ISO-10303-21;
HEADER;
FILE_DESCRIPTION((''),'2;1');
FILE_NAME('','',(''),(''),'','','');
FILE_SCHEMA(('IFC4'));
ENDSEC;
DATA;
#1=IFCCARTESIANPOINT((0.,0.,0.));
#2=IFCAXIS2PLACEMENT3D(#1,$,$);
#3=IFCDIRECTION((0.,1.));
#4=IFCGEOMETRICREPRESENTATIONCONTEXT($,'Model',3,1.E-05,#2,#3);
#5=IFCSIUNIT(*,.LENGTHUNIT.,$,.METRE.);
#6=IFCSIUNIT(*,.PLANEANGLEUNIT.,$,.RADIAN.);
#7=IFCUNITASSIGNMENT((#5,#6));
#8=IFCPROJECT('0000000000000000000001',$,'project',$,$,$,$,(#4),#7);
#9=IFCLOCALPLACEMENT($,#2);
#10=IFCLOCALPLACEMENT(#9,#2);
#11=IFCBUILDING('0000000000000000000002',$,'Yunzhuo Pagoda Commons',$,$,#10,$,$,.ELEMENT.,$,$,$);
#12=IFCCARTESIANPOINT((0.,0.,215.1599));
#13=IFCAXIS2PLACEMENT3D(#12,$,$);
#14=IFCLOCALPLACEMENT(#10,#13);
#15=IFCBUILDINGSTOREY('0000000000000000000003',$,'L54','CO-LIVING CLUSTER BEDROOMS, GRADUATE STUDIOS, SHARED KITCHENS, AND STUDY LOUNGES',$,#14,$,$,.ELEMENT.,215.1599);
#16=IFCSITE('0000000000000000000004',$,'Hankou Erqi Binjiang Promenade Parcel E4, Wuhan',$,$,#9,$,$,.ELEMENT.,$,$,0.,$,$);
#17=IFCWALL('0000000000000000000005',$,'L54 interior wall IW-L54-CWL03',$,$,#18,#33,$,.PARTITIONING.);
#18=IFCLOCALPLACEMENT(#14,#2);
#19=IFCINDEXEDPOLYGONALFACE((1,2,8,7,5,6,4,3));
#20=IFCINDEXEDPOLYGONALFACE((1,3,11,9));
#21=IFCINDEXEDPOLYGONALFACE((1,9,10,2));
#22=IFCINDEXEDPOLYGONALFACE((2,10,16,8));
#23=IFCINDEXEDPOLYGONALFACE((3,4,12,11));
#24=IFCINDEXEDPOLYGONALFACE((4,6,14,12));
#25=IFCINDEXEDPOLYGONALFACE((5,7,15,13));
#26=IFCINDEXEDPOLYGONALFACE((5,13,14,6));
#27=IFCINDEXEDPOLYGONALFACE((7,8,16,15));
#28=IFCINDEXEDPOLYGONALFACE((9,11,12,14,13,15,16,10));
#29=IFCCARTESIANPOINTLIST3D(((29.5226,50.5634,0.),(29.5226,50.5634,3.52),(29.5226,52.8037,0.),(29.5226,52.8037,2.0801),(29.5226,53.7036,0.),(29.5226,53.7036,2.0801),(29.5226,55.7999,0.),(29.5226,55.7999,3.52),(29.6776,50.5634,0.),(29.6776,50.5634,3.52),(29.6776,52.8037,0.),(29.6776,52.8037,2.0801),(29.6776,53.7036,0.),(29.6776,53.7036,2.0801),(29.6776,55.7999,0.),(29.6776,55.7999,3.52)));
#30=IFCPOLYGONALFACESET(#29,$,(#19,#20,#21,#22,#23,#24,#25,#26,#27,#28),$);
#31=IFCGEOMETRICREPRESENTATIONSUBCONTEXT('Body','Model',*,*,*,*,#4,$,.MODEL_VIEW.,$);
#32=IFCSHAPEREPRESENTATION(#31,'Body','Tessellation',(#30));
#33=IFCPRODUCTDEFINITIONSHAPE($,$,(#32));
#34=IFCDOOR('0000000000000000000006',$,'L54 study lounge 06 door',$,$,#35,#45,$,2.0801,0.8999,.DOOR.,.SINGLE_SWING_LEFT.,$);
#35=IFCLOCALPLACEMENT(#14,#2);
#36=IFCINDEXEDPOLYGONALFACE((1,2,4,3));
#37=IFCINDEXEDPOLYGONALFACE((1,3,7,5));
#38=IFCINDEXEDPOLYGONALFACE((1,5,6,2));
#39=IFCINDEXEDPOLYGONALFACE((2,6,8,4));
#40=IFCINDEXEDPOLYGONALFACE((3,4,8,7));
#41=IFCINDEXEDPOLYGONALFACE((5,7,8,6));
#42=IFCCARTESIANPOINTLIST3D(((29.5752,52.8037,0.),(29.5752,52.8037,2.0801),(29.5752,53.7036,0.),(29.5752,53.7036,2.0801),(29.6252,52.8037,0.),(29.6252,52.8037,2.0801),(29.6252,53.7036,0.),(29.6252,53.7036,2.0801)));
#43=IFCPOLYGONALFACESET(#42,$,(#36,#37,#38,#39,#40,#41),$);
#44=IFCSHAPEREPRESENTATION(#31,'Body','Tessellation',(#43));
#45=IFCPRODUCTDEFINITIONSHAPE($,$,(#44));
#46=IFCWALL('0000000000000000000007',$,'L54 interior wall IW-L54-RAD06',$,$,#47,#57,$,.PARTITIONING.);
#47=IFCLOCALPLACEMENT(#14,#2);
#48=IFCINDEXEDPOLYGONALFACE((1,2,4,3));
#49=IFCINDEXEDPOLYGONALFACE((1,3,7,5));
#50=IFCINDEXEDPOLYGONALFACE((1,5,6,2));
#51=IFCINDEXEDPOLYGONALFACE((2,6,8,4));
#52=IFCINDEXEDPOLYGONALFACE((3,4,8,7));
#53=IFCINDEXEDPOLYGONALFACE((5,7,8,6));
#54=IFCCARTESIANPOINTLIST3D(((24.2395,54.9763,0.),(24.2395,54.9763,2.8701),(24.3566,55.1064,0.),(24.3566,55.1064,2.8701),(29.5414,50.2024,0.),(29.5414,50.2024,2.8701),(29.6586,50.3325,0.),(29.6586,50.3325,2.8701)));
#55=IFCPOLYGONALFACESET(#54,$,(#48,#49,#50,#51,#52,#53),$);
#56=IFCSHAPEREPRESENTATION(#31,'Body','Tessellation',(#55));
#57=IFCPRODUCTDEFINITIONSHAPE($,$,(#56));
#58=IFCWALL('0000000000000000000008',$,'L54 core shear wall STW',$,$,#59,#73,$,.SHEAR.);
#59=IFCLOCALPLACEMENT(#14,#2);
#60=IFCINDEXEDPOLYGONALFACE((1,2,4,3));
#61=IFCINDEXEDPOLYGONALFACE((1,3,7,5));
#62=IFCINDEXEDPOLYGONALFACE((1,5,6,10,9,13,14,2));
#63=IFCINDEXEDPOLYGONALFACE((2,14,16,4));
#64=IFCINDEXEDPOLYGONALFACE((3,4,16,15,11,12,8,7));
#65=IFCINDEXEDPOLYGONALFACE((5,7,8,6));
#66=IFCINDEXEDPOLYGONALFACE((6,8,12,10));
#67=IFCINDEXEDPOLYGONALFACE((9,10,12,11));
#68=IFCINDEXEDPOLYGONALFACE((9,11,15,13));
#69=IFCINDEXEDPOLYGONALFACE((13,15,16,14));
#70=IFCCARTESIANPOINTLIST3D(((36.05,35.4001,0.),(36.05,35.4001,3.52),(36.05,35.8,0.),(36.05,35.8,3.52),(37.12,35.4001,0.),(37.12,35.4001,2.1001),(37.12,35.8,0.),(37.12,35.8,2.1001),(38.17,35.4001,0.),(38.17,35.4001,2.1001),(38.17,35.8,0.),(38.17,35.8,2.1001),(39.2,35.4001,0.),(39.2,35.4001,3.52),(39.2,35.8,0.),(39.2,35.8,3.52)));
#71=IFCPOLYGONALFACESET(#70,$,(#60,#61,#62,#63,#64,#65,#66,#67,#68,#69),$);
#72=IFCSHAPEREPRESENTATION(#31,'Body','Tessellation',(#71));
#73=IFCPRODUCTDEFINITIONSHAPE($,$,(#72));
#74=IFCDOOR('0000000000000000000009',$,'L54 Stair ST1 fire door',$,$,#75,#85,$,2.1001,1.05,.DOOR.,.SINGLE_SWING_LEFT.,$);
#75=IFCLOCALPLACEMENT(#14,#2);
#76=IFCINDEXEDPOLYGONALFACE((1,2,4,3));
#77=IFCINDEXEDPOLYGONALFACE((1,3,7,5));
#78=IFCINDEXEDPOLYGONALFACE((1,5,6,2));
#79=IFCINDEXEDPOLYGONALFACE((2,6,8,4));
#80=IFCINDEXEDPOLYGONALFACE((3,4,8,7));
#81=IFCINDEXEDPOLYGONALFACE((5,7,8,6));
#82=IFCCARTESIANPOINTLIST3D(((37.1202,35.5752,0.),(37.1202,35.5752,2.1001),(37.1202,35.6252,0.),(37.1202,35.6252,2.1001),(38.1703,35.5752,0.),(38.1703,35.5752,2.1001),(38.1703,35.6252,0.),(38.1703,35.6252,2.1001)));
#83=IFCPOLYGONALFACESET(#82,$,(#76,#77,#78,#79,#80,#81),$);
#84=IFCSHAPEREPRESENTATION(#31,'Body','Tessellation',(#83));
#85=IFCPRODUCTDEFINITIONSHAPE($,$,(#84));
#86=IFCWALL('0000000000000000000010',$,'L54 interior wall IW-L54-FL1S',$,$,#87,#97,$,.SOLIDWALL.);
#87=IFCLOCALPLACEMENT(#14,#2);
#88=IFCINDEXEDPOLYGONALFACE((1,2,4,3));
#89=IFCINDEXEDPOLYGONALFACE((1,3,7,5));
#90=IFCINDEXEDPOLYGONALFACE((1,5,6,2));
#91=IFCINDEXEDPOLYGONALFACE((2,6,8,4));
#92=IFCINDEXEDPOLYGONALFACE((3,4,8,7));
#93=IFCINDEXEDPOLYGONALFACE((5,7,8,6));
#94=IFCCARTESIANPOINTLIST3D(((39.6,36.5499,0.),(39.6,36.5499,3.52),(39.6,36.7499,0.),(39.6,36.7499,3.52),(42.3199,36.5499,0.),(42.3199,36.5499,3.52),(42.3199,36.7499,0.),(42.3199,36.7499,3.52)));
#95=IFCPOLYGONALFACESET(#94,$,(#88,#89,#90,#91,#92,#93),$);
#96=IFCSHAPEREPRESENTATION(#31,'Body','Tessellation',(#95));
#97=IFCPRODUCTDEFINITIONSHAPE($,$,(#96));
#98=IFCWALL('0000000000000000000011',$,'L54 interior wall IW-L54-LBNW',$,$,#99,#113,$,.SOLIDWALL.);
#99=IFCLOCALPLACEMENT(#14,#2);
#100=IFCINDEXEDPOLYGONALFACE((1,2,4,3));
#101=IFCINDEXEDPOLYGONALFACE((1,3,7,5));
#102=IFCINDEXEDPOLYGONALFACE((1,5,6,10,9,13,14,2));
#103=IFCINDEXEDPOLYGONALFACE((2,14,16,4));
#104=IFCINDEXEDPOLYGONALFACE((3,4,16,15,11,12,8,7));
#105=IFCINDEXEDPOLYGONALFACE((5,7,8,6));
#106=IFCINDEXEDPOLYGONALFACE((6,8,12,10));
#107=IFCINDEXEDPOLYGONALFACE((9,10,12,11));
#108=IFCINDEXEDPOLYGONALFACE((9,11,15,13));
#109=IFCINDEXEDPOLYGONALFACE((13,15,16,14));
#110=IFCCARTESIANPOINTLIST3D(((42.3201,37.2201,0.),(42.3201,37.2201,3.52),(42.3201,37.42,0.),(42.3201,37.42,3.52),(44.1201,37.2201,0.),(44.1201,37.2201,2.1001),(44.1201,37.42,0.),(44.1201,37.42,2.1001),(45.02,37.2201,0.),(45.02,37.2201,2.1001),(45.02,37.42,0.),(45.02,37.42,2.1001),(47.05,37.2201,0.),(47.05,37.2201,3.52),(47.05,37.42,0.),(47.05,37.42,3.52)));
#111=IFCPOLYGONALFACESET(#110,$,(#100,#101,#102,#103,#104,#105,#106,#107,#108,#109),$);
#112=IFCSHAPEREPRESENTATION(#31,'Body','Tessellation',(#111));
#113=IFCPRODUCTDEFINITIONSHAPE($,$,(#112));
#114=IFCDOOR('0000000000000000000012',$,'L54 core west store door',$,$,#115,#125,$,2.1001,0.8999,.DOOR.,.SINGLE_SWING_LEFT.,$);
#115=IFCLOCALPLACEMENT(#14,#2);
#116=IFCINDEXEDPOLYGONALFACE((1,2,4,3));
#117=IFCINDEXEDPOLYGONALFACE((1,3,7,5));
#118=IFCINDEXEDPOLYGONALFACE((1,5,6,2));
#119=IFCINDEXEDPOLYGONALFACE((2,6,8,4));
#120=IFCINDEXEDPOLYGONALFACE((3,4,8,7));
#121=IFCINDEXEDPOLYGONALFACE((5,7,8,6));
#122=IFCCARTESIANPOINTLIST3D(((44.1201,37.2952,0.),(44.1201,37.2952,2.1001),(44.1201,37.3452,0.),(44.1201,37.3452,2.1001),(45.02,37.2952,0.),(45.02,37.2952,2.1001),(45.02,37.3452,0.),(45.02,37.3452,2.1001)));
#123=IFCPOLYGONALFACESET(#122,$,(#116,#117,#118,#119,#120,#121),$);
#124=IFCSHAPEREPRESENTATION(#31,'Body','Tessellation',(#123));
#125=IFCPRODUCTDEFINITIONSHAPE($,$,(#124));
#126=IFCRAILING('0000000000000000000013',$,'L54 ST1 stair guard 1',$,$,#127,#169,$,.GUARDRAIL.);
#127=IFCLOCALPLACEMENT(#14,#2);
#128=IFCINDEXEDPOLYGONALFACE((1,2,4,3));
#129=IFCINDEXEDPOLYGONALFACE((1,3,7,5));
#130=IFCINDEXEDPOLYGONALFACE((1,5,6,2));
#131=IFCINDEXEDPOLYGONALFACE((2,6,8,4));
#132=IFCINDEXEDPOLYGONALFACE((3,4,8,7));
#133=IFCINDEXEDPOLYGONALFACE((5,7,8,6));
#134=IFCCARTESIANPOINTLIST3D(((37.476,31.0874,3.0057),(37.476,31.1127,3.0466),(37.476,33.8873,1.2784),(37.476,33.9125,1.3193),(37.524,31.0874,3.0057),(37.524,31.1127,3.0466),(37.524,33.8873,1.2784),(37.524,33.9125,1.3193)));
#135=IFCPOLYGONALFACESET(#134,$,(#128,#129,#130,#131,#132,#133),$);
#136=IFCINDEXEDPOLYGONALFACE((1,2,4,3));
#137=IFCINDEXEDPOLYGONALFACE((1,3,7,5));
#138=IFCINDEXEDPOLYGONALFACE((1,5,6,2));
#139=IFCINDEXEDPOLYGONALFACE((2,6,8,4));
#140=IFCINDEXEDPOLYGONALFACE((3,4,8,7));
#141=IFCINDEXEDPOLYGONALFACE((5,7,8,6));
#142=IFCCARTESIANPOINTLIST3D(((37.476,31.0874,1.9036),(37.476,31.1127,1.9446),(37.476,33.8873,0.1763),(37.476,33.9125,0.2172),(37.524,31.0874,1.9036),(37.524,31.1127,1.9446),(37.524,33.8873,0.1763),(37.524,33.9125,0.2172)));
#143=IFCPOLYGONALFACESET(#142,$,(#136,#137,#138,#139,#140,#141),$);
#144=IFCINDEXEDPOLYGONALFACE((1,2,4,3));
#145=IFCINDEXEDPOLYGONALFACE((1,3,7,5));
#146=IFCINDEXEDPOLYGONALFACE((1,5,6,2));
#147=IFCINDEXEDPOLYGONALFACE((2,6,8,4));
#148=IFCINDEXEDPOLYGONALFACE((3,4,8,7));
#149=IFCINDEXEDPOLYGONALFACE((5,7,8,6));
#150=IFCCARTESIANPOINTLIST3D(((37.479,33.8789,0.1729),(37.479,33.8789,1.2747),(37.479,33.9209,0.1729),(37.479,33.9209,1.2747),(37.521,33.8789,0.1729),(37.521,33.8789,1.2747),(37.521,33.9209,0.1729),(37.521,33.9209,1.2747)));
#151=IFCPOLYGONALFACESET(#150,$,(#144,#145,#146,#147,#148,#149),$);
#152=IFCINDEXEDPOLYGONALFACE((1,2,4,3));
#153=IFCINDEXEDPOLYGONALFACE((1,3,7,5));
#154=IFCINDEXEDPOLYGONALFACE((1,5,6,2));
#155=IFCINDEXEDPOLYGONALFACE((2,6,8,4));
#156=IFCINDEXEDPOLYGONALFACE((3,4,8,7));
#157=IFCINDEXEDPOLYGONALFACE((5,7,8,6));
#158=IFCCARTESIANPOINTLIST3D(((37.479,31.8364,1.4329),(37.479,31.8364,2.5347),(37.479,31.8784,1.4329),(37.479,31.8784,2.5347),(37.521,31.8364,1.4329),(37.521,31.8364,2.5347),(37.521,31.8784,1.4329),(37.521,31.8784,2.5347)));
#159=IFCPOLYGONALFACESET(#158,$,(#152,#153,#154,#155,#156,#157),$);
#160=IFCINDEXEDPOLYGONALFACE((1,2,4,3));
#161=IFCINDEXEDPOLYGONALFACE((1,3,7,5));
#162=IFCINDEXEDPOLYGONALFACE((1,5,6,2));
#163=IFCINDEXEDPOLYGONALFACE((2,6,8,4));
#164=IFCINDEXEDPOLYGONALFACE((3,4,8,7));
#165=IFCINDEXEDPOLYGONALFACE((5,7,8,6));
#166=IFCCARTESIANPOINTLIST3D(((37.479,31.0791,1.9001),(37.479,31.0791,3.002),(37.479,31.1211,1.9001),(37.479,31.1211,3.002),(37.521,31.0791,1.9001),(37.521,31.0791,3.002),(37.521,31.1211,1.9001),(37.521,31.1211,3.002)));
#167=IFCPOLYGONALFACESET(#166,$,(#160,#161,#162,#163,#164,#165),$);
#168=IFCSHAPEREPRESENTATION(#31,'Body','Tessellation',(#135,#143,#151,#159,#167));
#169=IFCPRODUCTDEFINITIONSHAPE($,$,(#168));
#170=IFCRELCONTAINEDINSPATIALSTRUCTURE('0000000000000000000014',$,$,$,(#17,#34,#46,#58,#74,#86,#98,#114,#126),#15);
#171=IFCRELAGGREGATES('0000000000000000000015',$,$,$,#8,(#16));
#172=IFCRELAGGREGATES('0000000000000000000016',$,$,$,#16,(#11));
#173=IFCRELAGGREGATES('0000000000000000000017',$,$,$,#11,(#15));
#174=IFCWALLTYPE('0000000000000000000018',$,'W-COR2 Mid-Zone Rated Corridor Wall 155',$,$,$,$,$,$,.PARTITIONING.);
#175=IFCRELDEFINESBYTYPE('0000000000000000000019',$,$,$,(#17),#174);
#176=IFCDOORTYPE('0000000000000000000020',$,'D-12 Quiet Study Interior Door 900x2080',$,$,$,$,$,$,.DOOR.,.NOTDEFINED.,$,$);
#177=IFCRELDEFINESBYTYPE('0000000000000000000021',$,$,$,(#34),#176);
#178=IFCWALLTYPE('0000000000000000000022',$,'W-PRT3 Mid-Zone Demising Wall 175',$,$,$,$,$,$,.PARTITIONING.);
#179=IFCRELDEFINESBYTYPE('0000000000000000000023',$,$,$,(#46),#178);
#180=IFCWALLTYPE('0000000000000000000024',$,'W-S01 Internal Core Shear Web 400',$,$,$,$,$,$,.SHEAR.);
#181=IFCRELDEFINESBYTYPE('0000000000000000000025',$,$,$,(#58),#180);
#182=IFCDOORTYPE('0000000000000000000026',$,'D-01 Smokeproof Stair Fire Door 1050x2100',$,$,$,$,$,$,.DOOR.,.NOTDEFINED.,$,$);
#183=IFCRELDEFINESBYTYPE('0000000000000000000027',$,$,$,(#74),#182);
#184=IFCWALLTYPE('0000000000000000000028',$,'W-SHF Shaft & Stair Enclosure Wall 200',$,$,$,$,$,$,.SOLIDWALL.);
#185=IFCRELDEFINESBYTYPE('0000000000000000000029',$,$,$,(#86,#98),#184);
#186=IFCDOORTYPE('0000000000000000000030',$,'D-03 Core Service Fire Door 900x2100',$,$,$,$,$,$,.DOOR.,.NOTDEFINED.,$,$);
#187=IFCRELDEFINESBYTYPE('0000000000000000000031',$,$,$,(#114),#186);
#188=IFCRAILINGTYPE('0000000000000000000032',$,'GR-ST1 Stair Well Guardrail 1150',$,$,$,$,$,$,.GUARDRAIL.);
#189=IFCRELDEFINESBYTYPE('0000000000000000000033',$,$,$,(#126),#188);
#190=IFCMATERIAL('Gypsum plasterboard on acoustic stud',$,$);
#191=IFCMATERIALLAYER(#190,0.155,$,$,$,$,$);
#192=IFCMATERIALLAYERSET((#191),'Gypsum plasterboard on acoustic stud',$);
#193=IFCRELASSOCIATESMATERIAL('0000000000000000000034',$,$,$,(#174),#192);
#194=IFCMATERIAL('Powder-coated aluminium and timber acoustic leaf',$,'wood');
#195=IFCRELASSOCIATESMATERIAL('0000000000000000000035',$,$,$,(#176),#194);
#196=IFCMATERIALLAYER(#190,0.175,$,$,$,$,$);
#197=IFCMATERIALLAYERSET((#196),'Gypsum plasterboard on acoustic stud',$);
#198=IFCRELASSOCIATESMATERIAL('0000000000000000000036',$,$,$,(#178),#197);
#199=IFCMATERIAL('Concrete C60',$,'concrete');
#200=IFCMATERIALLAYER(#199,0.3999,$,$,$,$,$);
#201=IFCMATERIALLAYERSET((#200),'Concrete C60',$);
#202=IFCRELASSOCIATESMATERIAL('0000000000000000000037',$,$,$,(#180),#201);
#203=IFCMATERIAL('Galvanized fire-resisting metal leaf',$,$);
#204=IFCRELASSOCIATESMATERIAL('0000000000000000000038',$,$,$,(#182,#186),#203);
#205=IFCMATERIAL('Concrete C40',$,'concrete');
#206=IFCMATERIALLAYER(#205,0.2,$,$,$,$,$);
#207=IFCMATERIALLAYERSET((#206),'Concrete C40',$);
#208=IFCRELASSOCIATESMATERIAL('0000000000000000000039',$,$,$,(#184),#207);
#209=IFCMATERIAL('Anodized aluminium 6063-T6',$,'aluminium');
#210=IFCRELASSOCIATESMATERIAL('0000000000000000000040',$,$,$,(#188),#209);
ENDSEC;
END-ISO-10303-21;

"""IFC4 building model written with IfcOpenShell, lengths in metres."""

from ifc_helpers import new_model, si_unit, direction, frame, frame_2d, origin, origin_with_axes, origin_2d, place, context, subcontext, project, spatial, rectangle, extrude, source, transform, mapped, material, layer, layer_set, type_object, element, fill, save


model = new_model("IFC4")

# Units and contexts
model_context = context("Model", 3, precision=1e-05, world=origin(), true_north=direction((0.0, 1.0)))
body_context = subcontext(model_context, "Body", "Model", "MODEL_VIEW")
ifc_project = project(units=[si_unit("LENGTHUNIT", "METRE"), si_unit("PLANEANGLEUNIT", "RADIAN")], contexts=[model_context])

# Site, building, storey
site_placement = place(None, origin())
site = spatial("IfcSite", under=ifc_project, at=site_placement, Name="Hankou Erqi Binjiang Promenade Parcel E4, Wuhan", CompositionType="ELEMENT", RefElevation=0.0)
building_placement = place(site_placement, origin())
building = spatial("IfcBuilding", under=site, at=building_placement, Name="Yunzhuo Pagoda Commons", CompositionType="ELEMENT")
storey_placement = place(building_placement, frame((0.0, 0.0, 215.1599)))
storey = spatial("IfcBuildingStorey", under=building, at=storey_placement, Name="L54", Description="CO-LIVING CLUSTER BEDROOMS, GRADUATE STUDIOS, SHARED KITCHENS, AND STUDY LOUNGES", CompositionType="ELEMENT", Elevation=215.1599)

# Shared definitions
ifc_material_1 = material(Name="Galvanized fire-resisting metal leaf")
shared_shape_1 = source(origin(), body_context, "Body", "SweptSolid", [
    extrude(rectangle(XDim=1.05, YDim=2.1001, at=frame_2d((0.5249, 1.05))), frame((0.0, 0.0249, 0.0), z_axis=(0.0, -1.0, 0.0), x_axis=(1.0, 0.0, 0.0)), (0.0, 0.0, 1.0), 0.05),
])

# Shared definitions
ifc_material_2 = material(Name="Gypsum plasterboard on acoustic stud")
ifc_layer_1 = layer(ifc_material_2, 0.155)
ifc_layer_set_1 = layer_set([ifc_layer_1], Name="Gypsum plasterboard on acoustic stud")
wall_type_1 = type_object("IfcWallType", Name="W-COR2 Mid-Zone Rated Corridor Wall 155", PredefinedType="PARTITIONING", material=ifc_layer_set_1)

# Shared definitions
ifc_material_3 = material(Name="Powder-coated aluminium and timber acoustic leaf", Category="wood")

# Wall, opening, door
wall_1_placement = place(storey_placement, frame((29.6001, 50.5635, 0.0), z_axis=(0.0, 0.0, 1.0), x_axis=(0.0, 1.0, 0.0)))
wall_1 = element("IfcWall", 1, at=wall_1_placement, inside=storey, type_object=wall_type_1, Name="L54 interior wall IW-L54-CWL03", PredefinedType="PARTITIONING", context=body_context, shape_type="SweptSolid", body=[
    extrude(rectangle(XDim=5.2366, YDim=0.155, at=frame_2d((2.6182, 0.0))), origin(), (0.0, 0.0, 1.0), 3.52),
])
opening_1_placement = place(wall_1_placement, frame((2.2402, 0.0, 0.0)))
opening_1 = element("IfcOpeningElement", 2, at=opening_1_placement, cuts=wall_1, PredefinedType="OPENING", context=body_context, shape_type="SweptSolid", body=[
    extrude(rectangle(XDim=0.8999, YDim=2.0801, at=frame_2d((0.45, 1.04))), frame((0.0, 0.0874, 0.0), z_axis=(0.0, -1.0, 0.0), x_axis=(1.0, 0.0, 0.0)), (0.0, 0.0, 1.0), 0.175),
])
door_type_1 = type_object("IfcDoorType", Name="D-12 Quiet Study Interior Door 900x2080", OperationType="NOTDEFINED", PredefinedType="DOOR", material=ifc_material_3)
shared_shape_2 = source(origin(), body_context, "Body", "SweptSolid", [
    extrude(rectangle(XDim=0.8999, YDim=2.0801, at=frame_2d((0.45, 1.04))), frame((0.0, 0.0249, 0.0), z_axis=(0.0, -1.0, 0.0), x_axis=(1.0, 0.0, 0.0)), (0.0, 0.0, 1.0), 0.05),
])
door_1_placement = place(opening_1_placement, origin_with_axes())
door_1 = element("IfcDoor", 3, at=door_1_placement, inside=storey, type_object=door_type_1, Name="L54 study lounge 06 door", OperationType="SINGLE_SWING_LEFT", OverallHeight=2.0801, OverallWidth=0.8999, PredefinedType="DOOR", context=body_context, shape_type="MappedRepresentation", body=[
    mapped(shared_shape_2, transform((0.0, 0.0, 0.0), scale=1.0)),
])
fill(opening_1, door_1)

# Wall
ifc_layer_2 = layer(ifc_material_2, 0.175)
ifc_layer_set_2 = layer_set([ifc_layer_2], Name="Gypsum plasterboard on acoustic stud")
wall_type_2 = type_object("IfcWallType", Name="W-PRT3 Mid-Zone Demising Wall 175", PredefinedType="PARTITIONING", material=ifc_layer_set_2)
wall_2_placement = place(storey_placement, frame((29.6001, 50.2673, 0.0), z_axis=(0.0, 0.0, 1.0), x_axis=(-0.743146, 0.669129, 0.0)))
element("IfcWall", 4, at=wall_2_placement, inside=storey, type_object=wall_type_2, Name="L54 interior wall IW-L54-RAD06", PredefinedType="PARTITIONING", context=body_context, shape_type="SweptSolid", body=[
    extrude(rectangle(XDim=7.1345, YDim=0.175, at=frame_2d((3.5674, 0.0))), origin(), (0.0, 0.0, 1.0), 2.8701),
])

# Wall, opening, door
ifc_material_4 = material(Name="Concrete C60", Category="concrete")
ifc_layer_3 = layer(ifc_material_4, 0.3999)
ifc_layer_set_3 = layer_set([ifc_layer_3], Name="Concrete C60")
wall_type_3 = type_object("IfcWallType", Name="W-S01 Internal Core Shear Web 400", PredefinedType="SHEAR", material=ifc_layer_set_3)
wall_3_placement = place(storey_placement, frame((36.05, 35.6001, 0.0), z_axis=(0.0, 0.0, 1.0), x_axis=(1.0, 0.0, 0.0)))
wall_3 = element("IfcWall", 5, at=wall_3_placement, inside=storey, type_object=wall_type_3, Name="L54 core shear wall STW", PredefinedType="SHEAR", context=body_context, shape_type="SweptSolid", body=[
    extrude(rectangle(XDim=3.1499, YDim=0.3999, at=frame_2d((1.575, 0.0))), origin(), (0.0, 0.0, 1.0), 3.52),
])
opening_2_placement = place(wall_3_placement, frame((1.0701, 0.0, 0.0)))
opening_2 = element("IfcOpeningElement", 6, at=opening_2_placement, cuts=wall_3, PredefinedType="OPENING", context=body_context, shape_type="SweptSolid", body=[
    extrude(rectangle(XDim=1.05, YDim=2.1001, at=frame_2d((0.5249, 1.05))), frame((0.0, 0.21, 0.0), z_axis=(0.0, -1.0, 0.0), x_axis=(1.0, 0.0, 0.0)), (0.0, 0.0, 1.0), 0.4199),
])
door_type_2 = type_object("IfcDoorType", Name="D-01 Smokeproof Stair Fire Door 1050x2100", OperationType="NOTDEFINED", PredefinedType="DOOR", material=ifc_material_1)
door_2_placement = place(opening_2_placement, frame((1.05, 0.0, 0.0), z_axis=(0.0, 0.0, 1.0), x_axis=(-1.0, 0.0, 0.0)))
door_2 = element("IfcDoor", 7, at=door_2_placement, inside=storey, type_object=door_type_2, Name="L54 Stair ST1 fire door", OperationType="SINGLE_SWING_LEFT", OverallHeight=2.1001, OverallWidth=1.05, PredefinedType="DOOR", context=body_context, shape_type="MappedRepresentation", body=[
    mapped(shared_shape_1, transform((0.0, 0.0, 0.0), scale=1.0)),
])
fill(opening_2, door_2)

# Wall
ifc_material_5 = material(Name="Concrete C40", Category="concrete")
ifc_layer_4 = layer(ifc_material_5, 0.2)
ifc_layer_set_4 = layer_set([ifc_layer_4], Name="Concrete C40")
wall_type_4 = type_object("IfcWallType", Name="W-SHF Shaft & Stair Enclosure Wall 200", PredefinedType="SOLIDWALL", material=ifc_layer_set_4)
wall_4_placement = place(storey_placement, frame((39.6001, 36.6499, 0.0), z_axis=(0.0, 0.0, 1.0), x_axis=(1.0, 0.0, 0.0)))
element("IfcWall", 8, at=wall_4_placement, inside=storey, type_object=wall_type_4, Name="L54 interior wall IW-L54-FL1S", PredefinedType="SOLIDWALL", context=body_context, shape_type="SweptSolid", body=[
    extrude(rectangle(XDim=2.72, YDim=0.2, at=frame_2d((1.3599, 0.0))), origin(), (0.0, 0.0, 1.0), 3.52),
])

# Wall, opening, door
wall_5_placement = place(storey_placement, frame((42.3201, 37.3201, 0.0), z_axis=(0.0, 0.0, 1.0), x_axis=(1.0, 0.0, 0.0)))
wall_5 = element("IfcWall", 9, at=wall_5_placement, inside=storey, type_object=wall_type_4, Name="L54 interior wall IW-L54-LBNW", PredefinedType="SOLIDWALL", context=body_context, shape_type="SweptSolid", body=[
    extrude(rectangle(XDim=4.73, YDim=0.2, at=frame_2d((2.365, 0.0))), origin(), (0.0, 0.0, 1.0), 3.52),
])
opening_3_placement = place(wall_5_placement, frame((1.8, 0.0, 0.0)))
opening_3 = element("IfcOpeningElement", 10, at=opening_3_placement, cuts=wall_5, PredefinedType="OPENING", context=body_context, shape_type="SweptSolid", body=[
    extrude(rectangle(XDim=0.8999, YDim=2.1001, at=frame_2d((0.45, 1.05))), frame((0.0, 0.1099, 0.0), z_axis=(0.0, -1.0, 0.0), x_axis=(1.0, 0.0, 0.0)), (0.0, 0.0, 1.0), 0.22),
])
door_type_3 = type_object("IfcDoorType", Name="D-03 Core Service Fire Door 900x2100", OperationType="NOTDEFINED", PredefinedType="DOOR", material=ifc_material_1)
shared_shape_3 = source(origin(), body_context, "Body", "SweptSolid", [
    extrude(rectangle(XDim=0.8999, YDim=2.1001, at=frame_2d((0.45, 1.05))), frame((0.0, 0.0249, 0.0), z_axis=(0.0, -1.0, 0.0), x_axis=(1.0, 0.0, 0.0)), (0.0, 0.0, 1.0), 0.05),
])
door_3_placement = place(opening_3_placement, frame((0.8999, 0.0, 0.0), z_axis=(0.0, 0.0, 1.0), x_axis=(-1.0, 0.0, 0.0)))
door_3 = element("IfcDoor", 11, at=door_3_placement, inside=storey, type_object=door_type_3, Name="L54 core west store door", OperationType="SINGLE_SWING_LEFT", OverallHeight=2.1001, OverallWidth=0.8999, PredefinedType="DOOR", context=body_context, shape_type="MappedRepresentation", body=[
    mapped(shared_shape_3, transform((0.0, 0.0, 0.0), scale=1.0)),
])
fill(opening_3, door_3)

# Railing
ifc_material_6 = material(Name="Anodized aluminium 6063-T6", Category="aluminium")
railing_type = type_object("IfcRailingType", Name="GR-ST1 Stair Well Guardrail 1150", PredefinedType="GUARDRAIL", material=ifc_material_6)
railing_1_placement = place(storey_placement, frame((37.5, 33.8999, 0.1729)))
element("IfcRailing", 12, at=railing_1_placement, inside=storey, type_object=railing_type, Name="L54 ST1 stair guard 1", PredefinedType="GUARDRAIL", context=body_context, shape_type="SweptSolid", body=[
    extrude(rectangle(XDim=0.0481, YDim=0.0481, at=origin_2d()), frame((0.0, 0.0, 1.126), z_axis=(0.0, -0.851069, 0.525054), x_axis=(1.0, 0.0, 0.0)), (0.0, 0.0, 1.0), 3.2898),
    extrude(rectangle(XDim=0.0481, YDim=0.0481, at=origin_2d()), frame((0.0, 0.0, 0.0239), z_axis=(0.0, -0.851069, 0.525054), x_axis=(1.0, 0.0, 0.0)), (0.0, 0.0, 1.0), 3.2898),
    extrude(rectangle(XDim=0.042, YDim=0.042, at=origin_2d()), origin(), (0.0, 0.0, 1.0), 1.1018),
    extrude(rectangle(XDim=0.042, YDim=0.042, at=origin_2d()), frame((0.0, -2.0425, 1.26)), (0.0, 0.0, 1.0), 1.1018),
    extrude(rectangle(XDim=0.042, YDim=0.042, at=origin_2d()), frame((0.0, -2.7998, 1.7273)), (0.0, 0.0, 1.0), 1.1018),
])

save(model, "model.ifc")
